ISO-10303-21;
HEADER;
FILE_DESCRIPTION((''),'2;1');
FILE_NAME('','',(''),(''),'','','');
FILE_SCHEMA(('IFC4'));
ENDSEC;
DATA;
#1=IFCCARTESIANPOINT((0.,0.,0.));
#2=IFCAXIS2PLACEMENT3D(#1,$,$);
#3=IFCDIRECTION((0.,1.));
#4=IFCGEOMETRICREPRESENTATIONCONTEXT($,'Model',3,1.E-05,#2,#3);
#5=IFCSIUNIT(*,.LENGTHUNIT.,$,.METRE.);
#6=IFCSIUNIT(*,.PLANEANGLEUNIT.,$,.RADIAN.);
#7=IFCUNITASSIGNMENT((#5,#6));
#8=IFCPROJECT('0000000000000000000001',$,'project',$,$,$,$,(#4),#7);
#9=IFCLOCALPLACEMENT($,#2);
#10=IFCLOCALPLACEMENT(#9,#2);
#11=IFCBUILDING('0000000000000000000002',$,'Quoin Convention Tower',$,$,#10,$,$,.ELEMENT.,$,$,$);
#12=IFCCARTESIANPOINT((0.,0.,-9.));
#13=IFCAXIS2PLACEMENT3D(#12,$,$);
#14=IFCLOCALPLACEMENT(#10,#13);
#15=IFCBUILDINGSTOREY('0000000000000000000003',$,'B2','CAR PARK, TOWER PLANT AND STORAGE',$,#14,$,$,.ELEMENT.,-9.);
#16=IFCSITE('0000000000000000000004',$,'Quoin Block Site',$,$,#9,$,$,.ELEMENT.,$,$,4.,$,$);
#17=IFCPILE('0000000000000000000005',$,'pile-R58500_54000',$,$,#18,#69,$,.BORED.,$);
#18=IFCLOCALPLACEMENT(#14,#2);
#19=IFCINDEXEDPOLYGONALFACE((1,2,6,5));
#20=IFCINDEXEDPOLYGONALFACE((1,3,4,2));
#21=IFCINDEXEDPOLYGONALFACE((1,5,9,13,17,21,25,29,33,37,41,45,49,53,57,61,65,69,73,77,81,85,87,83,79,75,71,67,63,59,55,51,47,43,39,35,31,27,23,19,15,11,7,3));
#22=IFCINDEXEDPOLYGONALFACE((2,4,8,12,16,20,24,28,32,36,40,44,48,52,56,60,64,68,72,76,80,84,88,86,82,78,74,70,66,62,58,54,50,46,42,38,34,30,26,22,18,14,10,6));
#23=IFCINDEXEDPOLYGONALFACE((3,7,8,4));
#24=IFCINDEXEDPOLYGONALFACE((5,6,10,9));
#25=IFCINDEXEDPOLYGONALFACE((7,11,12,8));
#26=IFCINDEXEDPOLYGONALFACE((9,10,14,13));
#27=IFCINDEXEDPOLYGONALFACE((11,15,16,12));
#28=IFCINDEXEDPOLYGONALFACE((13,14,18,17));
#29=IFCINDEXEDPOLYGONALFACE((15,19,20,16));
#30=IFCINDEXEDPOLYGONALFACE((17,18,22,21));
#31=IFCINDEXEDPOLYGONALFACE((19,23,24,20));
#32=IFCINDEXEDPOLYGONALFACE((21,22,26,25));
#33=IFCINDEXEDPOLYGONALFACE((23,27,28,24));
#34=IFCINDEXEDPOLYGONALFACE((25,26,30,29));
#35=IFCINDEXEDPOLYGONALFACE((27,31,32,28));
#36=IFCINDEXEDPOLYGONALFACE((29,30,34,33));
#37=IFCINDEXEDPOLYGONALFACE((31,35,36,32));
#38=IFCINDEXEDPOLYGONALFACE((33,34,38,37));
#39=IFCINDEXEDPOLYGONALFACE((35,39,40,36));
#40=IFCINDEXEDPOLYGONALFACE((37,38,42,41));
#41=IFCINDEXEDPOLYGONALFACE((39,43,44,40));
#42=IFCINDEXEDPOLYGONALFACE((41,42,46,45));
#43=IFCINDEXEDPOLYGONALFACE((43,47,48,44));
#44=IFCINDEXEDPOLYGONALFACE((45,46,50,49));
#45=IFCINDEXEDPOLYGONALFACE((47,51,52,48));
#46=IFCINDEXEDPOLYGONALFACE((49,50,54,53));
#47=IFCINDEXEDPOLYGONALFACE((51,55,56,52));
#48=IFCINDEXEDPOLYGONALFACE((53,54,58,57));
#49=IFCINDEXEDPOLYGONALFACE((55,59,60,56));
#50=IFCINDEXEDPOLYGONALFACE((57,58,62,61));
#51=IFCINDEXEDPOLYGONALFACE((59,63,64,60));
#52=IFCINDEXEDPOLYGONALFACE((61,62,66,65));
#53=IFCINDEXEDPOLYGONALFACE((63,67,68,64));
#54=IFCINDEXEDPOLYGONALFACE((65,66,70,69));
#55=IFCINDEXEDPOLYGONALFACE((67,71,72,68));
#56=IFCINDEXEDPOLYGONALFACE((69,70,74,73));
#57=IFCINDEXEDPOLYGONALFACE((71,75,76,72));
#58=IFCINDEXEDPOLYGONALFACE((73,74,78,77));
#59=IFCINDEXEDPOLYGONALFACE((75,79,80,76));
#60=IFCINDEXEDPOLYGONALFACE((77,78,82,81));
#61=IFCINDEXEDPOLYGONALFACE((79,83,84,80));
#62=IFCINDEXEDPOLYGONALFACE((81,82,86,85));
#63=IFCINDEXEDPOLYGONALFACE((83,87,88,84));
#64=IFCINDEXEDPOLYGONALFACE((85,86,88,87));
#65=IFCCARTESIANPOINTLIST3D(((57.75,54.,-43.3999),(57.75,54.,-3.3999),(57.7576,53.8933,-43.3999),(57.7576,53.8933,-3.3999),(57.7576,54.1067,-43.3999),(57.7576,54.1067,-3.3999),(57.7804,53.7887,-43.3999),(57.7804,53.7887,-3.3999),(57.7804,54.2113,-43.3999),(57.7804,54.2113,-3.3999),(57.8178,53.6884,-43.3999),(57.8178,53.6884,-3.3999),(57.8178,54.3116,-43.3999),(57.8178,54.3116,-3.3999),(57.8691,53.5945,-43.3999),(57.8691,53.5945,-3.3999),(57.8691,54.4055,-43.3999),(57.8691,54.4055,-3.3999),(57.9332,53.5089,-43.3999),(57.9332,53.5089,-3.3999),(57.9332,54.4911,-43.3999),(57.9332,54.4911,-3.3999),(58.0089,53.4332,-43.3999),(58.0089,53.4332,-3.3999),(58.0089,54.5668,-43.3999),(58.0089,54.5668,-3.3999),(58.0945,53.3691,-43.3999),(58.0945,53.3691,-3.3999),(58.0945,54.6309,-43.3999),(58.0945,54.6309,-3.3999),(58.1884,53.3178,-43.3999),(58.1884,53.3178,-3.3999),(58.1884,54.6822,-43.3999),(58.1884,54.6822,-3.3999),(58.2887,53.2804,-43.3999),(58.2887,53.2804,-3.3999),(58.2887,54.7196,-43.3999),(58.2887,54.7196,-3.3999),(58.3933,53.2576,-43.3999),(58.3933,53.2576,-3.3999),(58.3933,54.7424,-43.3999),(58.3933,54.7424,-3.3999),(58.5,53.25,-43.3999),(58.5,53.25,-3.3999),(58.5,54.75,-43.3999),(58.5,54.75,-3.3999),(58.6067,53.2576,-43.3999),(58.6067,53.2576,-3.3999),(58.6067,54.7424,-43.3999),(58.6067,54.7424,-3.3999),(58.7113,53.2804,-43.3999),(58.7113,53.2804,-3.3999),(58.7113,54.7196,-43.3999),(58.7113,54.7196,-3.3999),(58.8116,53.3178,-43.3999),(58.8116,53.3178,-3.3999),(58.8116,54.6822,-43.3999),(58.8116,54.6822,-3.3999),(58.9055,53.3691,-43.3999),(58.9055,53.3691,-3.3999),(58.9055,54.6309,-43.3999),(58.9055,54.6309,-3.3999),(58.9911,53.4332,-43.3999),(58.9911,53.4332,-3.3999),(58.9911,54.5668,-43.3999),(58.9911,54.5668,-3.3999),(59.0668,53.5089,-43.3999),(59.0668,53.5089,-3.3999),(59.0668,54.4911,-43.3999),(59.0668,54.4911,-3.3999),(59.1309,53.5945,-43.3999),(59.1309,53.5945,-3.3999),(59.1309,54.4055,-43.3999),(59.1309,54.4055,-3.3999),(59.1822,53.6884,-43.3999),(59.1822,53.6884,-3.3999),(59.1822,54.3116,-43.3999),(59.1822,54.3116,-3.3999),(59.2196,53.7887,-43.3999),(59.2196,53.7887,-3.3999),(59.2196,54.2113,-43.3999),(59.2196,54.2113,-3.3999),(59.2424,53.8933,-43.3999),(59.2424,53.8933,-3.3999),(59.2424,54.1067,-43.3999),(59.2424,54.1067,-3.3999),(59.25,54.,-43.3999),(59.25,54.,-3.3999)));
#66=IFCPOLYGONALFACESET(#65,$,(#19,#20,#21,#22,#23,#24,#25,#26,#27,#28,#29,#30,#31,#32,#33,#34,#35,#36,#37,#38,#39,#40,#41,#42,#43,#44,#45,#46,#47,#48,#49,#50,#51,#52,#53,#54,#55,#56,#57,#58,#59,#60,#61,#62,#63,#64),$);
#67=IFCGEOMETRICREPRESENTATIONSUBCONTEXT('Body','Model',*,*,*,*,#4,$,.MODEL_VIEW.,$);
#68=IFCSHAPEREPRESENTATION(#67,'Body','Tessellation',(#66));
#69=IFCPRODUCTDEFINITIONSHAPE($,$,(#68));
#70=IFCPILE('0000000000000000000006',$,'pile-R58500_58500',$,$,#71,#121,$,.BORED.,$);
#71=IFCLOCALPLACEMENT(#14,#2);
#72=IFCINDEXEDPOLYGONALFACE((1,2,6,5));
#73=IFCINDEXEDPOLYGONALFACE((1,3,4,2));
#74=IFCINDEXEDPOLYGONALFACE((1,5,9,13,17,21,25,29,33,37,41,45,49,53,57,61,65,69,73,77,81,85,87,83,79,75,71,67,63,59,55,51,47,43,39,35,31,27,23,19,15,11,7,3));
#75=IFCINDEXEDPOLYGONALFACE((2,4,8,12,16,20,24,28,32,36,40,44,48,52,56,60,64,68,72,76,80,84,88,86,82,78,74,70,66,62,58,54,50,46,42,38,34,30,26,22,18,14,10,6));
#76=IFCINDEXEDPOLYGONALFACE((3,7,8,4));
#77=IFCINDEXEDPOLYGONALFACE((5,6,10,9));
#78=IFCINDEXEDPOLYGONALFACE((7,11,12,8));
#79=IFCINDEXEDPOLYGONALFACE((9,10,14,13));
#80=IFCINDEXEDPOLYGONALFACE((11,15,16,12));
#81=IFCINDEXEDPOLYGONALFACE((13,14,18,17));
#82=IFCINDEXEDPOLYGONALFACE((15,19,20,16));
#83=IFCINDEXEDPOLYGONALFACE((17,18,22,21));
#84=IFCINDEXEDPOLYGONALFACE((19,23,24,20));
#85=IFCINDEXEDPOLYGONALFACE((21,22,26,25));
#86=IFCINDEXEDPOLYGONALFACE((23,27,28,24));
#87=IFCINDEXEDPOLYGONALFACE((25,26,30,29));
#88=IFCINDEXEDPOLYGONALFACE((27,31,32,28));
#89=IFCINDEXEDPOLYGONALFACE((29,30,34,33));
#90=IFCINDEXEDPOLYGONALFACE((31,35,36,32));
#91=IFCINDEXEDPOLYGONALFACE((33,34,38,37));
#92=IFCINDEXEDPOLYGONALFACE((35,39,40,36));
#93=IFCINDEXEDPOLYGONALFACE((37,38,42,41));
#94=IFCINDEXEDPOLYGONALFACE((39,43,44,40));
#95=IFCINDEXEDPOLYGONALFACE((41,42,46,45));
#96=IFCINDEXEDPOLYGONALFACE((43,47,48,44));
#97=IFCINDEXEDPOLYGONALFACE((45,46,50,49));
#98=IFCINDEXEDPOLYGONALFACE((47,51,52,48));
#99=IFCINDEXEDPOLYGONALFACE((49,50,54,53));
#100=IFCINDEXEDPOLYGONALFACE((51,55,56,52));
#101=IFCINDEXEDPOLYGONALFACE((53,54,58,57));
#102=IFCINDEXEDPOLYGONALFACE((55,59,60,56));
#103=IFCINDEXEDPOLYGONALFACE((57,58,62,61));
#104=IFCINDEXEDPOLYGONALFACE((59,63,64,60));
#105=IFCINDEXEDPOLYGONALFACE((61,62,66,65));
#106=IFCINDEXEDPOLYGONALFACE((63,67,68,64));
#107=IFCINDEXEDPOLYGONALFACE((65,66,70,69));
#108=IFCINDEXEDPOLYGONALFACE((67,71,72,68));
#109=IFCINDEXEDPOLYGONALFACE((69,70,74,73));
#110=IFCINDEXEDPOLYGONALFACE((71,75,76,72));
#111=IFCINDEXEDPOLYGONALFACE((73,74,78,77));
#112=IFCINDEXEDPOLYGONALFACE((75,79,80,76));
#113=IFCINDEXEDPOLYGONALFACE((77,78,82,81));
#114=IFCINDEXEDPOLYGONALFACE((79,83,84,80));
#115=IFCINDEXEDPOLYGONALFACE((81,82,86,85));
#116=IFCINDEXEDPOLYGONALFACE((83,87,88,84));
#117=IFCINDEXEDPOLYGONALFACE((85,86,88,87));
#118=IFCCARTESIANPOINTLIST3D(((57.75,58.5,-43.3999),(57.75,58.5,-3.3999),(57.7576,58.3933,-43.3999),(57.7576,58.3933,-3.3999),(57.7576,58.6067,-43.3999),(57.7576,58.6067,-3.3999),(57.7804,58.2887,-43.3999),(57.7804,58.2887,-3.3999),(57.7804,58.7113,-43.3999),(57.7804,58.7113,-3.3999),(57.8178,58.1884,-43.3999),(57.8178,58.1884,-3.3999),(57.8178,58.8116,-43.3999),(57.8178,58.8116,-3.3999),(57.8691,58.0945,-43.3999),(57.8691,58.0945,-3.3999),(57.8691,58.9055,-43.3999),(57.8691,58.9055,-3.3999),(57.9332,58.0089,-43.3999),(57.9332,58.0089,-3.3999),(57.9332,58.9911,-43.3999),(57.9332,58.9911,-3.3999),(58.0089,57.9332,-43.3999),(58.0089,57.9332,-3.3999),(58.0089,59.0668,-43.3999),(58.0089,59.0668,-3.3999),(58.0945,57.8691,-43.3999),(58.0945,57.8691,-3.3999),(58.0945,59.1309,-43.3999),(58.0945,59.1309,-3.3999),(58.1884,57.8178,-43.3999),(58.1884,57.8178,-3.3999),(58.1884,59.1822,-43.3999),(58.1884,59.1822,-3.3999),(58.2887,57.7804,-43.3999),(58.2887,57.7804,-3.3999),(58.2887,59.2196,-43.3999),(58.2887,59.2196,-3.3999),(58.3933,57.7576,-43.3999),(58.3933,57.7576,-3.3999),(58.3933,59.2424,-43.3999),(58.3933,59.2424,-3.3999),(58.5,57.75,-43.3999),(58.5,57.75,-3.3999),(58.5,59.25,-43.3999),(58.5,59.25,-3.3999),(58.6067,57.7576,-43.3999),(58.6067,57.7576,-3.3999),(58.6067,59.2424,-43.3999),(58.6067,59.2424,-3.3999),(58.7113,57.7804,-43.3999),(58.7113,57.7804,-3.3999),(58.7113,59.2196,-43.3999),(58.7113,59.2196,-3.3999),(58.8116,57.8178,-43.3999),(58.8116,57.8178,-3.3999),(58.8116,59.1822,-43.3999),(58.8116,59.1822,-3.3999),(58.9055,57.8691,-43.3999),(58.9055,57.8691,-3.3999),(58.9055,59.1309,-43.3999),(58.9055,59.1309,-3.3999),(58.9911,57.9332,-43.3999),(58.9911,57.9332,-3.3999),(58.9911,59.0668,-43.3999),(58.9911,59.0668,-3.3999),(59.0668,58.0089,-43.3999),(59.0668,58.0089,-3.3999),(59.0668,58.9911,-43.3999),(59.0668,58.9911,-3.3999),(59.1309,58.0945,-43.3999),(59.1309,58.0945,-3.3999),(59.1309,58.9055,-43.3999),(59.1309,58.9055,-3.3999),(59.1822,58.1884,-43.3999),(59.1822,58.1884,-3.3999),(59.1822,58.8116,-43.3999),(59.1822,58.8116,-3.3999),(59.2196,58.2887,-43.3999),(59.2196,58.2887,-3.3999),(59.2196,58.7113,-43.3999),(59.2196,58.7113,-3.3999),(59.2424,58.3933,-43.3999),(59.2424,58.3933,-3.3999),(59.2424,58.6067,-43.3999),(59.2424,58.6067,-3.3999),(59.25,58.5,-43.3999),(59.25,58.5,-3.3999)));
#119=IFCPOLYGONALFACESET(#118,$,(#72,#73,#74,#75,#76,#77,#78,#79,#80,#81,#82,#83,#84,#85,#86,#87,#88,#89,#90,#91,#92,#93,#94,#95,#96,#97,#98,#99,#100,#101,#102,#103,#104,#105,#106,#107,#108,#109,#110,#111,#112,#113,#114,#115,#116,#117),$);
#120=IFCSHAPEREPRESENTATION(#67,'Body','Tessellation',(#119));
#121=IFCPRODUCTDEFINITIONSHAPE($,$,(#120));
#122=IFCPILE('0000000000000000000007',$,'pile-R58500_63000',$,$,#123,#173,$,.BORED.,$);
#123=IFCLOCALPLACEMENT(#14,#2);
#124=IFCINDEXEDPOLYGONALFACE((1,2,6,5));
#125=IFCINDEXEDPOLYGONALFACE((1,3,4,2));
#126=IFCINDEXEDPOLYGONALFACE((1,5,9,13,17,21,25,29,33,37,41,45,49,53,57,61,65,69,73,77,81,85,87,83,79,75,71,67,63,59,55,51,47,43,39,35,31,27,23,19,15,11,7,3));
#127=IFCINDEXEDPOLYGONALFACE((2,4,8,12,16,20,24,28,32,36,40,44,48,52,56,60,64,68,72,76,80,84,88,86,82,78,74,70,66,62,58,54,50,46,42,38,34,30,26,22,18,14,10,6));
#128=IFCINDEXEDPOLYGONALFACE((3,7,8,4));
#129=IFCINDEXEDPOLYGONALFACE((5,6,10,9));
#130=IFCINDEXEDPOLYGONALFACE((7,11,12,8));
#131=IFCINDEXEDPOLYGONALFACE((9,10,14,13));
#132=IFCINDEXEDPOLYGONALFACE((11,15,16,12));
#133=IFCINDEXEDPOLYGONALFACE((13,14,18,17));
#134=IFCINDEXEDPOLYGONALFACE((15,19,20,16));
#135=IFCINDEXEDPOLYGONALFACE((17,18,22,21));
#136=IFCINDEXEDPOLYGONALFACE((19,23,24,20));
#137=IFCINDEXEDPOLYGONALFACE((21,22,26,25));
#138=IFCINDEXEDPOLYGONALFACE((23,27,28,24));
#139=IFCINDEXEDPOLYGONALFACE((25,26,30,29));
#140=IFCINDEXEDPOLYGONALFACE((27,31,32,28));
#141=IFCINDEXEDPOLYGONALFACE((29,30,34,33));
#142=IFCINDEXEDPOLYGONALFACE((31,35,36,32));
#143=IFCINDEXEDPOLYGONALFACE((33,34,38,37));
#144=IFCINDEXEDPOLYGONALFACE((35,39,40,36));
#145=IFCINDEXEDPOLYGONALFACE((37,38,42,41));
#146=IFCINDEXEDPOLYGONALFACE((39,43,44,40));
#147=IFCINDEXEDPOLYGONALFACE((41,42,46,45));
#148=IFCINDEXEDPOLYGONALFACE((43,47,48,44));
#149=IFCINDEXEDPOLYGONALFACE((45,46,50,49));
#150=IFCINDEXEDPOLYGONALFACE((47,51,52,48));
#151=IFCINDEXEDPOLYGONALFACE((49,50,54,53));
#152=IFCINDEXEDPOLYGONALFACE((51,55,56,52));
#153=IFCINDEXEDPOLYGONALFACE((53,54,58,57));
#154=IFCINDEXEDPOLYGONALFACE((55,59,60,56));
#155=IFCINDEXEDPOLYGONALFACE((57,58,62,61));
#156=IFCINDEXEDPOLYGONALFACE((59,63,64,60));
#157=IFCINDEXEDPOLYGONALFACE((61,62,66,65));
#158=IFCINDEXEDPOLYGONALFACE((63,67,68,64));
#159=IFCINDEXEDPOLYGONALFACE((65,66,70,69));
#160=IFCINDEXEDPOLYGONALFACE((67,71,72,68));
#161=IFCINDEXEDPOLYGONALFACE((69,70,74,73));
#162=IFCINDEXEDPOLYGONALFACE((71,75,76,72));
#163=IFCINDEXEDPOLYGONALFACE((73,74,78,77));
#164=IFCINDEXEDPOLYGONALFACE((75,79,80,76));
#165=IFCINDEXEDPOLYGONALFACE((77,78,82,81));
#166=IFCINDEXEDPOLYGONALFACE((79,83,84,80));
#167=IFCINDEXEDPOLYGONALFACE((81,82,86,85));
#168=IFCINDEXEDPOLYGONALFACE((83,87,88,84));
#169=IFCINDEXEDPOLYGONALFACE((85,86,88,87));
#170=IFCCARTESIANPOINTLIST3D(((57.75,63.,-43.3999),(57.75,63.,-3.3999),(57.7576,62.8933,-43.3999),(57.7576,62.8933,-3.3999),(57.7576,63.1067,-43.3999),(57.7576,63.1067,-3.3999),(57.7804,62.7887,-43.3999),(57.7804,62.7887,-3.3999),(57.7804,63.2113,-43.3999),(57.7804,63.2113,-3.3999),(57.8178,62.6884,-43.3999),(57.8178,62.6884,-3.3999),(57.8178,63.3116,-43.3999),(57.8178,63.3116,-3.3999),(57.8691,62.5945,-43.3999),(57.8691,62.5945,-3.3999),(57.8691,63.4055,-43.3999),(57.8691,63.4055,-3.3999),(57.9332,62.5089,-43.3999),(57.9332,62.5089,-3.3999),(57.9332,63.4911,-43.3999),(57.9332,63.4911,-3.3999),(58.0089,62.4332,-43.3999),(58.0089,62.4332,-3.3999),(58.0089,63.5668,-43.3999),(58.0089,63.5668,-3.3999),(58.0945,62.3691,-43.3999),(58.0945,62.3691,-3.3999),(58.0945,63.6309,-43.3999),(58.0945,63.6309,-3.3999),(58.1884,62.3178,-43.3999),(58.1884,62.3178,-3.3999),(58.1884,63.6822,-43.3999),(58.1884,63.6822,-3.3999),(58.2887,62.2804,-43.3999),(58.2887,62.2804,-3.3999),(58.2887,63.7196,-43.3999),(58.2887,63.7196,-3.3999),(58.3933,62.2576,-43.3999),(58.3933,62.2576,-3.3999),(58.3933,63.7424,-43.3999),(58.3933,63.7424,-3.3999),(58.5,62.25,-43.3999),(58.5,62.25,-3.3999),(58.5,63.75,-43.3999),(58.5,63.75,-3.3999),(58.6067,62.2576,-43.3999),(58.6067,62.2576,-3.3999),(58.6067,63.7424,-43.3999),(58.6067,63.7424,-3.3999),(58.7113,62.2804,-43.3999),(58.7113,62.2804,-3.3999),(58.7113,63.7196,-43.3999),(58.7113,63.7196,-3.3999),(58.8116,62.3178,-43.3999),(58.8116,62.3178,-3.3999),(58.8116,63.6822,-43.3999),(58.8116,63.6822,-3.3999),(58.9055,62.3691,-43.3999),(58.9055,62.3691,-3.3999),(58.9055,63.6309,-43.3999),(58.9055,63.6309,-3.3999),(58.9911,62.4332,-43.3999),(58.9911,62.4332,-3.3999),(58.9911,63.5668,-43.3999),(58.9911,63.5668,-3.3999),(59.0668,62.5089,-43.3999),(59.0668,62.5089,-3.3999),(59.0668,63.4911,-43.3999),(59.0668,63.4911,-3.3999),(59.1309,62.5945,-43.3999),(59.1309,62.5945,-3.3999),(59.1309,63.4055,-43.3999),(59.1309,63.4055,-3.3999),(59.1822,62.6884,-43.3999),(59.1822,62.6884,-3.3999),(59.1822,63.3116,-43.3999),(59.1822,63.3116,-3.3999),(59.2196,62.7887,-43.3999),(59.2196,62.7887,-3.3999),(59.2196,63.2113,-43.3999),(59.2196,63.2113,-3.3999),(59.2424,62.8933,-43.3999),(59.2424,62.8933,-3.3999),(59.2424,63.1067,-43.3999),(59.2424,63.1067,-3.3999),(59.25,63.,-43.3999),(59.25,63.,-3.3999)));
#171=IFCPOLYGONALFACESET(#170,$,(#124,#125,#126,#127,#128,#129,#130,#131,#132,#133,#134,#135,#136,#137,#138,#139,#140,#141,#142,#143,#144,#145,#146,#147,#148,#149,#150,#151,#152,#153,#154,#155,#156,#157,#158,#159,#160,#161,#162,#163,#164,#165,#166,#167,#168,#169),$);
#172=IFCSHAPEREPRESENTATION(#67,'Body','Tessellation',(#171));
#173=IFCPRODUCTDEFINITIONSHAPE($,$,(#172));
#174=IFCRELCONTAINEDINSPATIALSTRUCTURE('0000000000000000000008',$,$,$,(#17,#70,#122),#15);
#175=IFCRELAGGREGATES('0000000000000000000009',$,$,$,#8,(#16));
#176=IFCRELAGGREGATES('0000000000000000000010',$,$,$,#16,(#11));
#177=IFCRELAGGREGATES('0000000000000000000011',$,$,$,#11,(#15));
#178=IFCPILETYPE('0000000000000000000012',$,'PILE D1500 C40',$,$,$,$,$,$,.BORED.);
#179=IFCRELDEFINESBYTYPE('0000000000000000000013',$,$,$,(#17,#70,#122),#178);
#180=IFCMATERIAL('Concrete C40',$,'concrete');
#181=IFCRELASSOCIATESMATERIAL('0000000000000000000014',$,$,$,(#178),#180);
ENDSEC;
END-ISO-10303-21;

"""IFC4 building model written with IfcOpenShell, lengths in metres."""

from ifc_helpers import new_model, si_unit, direction, frame, origin, origin_2d, place, context, subcontext, project, spatial, circle, extrude, material, material_profile, profile_set, type_object, element, save


model = new_model("IFC4")

# Units and contexts
model_context = context("Model", 3, precision=1e-05, world=origin(), true_north=direction((0.0, 1.0)))
body_context = subcontext(model_context, "Body", "Model", "MODEL_VIEW")
ifc_project = project(units=[si_unit("LENGTHUNIT", "METRE"), si_unit("PLANEANGLEUNIT", "RADIAN")], contexts=[model_context])

# Site, building, storey
site_placement = place(None, origin())
site = spatial("IfcSite", under=ifc_project, at=site_placement, Name="Quoin Block Site", CompositionType="ELEMENT", RefElevation=4.0)
building_placement = place(site_placement, origin())
building = spatial("IfcBuilding", under=site, at=building_placement, Name="Quoin Convention Tower", CompositionType="ELEMENT")
storey_placement = place(building_placement, frame((0.0, 0.0, -9.0)))
storey = spatial("IfcBuildingStorey", under=building, at=storey_placement, Name="B2", Description="CAR PARK, TOWER PLANT AND STORAGE", CompositionType="ELEMENT", Elevation=-9.0)

# Piles
ifc_material_1 = material(Name="Concrete C40", Category="concrete")
ifc_material_profile = material_profile(ifc_material_1, circle(Radius=0.75, at=origin_2d()), Name="D1500")
ifc_profile_set = profile_set([ifc_material_profile], Name="Concrete C40")
pile_type = type_object("IfcPileType", Name="PILE D1500 C40", PredefinedType="BORED", material=ifc_profile_set)
for number, where, z_axis, x_axis, name in (
    (1, (58.5, 54.0, -3.3999), (0.0, 0.0, -1.0), (1.0, 0.0, 0.0), "pile-R58500_54000"),
    (2, (58.5, 58.5, -3.3999), (0.0, 0.0, -1.0), (1.0, 0.0, 0.0), "pile-R58500_58500"),
    (3, (58.5, 63.0, -3.3999), (0.0, 0.0, -1.0), (1.0, 0.0, 0.0), "pile-R58500_63000"),
):
    element("IfcPile", number, at=place(storey_placement, frame(where, z_axis=z_axis, x_axis=x_axis)), inside=storey, type_object=pile_type, Name=name, PredefinedType="BORED", context=body_context, shape_type="SweptSolid", body=[
        extrude(circle(Radius=0.75, at=origin_2d()), origin(), (0.0, 0.0, 1.0), 40.0),
    ])

save(model, "model.ifc")
